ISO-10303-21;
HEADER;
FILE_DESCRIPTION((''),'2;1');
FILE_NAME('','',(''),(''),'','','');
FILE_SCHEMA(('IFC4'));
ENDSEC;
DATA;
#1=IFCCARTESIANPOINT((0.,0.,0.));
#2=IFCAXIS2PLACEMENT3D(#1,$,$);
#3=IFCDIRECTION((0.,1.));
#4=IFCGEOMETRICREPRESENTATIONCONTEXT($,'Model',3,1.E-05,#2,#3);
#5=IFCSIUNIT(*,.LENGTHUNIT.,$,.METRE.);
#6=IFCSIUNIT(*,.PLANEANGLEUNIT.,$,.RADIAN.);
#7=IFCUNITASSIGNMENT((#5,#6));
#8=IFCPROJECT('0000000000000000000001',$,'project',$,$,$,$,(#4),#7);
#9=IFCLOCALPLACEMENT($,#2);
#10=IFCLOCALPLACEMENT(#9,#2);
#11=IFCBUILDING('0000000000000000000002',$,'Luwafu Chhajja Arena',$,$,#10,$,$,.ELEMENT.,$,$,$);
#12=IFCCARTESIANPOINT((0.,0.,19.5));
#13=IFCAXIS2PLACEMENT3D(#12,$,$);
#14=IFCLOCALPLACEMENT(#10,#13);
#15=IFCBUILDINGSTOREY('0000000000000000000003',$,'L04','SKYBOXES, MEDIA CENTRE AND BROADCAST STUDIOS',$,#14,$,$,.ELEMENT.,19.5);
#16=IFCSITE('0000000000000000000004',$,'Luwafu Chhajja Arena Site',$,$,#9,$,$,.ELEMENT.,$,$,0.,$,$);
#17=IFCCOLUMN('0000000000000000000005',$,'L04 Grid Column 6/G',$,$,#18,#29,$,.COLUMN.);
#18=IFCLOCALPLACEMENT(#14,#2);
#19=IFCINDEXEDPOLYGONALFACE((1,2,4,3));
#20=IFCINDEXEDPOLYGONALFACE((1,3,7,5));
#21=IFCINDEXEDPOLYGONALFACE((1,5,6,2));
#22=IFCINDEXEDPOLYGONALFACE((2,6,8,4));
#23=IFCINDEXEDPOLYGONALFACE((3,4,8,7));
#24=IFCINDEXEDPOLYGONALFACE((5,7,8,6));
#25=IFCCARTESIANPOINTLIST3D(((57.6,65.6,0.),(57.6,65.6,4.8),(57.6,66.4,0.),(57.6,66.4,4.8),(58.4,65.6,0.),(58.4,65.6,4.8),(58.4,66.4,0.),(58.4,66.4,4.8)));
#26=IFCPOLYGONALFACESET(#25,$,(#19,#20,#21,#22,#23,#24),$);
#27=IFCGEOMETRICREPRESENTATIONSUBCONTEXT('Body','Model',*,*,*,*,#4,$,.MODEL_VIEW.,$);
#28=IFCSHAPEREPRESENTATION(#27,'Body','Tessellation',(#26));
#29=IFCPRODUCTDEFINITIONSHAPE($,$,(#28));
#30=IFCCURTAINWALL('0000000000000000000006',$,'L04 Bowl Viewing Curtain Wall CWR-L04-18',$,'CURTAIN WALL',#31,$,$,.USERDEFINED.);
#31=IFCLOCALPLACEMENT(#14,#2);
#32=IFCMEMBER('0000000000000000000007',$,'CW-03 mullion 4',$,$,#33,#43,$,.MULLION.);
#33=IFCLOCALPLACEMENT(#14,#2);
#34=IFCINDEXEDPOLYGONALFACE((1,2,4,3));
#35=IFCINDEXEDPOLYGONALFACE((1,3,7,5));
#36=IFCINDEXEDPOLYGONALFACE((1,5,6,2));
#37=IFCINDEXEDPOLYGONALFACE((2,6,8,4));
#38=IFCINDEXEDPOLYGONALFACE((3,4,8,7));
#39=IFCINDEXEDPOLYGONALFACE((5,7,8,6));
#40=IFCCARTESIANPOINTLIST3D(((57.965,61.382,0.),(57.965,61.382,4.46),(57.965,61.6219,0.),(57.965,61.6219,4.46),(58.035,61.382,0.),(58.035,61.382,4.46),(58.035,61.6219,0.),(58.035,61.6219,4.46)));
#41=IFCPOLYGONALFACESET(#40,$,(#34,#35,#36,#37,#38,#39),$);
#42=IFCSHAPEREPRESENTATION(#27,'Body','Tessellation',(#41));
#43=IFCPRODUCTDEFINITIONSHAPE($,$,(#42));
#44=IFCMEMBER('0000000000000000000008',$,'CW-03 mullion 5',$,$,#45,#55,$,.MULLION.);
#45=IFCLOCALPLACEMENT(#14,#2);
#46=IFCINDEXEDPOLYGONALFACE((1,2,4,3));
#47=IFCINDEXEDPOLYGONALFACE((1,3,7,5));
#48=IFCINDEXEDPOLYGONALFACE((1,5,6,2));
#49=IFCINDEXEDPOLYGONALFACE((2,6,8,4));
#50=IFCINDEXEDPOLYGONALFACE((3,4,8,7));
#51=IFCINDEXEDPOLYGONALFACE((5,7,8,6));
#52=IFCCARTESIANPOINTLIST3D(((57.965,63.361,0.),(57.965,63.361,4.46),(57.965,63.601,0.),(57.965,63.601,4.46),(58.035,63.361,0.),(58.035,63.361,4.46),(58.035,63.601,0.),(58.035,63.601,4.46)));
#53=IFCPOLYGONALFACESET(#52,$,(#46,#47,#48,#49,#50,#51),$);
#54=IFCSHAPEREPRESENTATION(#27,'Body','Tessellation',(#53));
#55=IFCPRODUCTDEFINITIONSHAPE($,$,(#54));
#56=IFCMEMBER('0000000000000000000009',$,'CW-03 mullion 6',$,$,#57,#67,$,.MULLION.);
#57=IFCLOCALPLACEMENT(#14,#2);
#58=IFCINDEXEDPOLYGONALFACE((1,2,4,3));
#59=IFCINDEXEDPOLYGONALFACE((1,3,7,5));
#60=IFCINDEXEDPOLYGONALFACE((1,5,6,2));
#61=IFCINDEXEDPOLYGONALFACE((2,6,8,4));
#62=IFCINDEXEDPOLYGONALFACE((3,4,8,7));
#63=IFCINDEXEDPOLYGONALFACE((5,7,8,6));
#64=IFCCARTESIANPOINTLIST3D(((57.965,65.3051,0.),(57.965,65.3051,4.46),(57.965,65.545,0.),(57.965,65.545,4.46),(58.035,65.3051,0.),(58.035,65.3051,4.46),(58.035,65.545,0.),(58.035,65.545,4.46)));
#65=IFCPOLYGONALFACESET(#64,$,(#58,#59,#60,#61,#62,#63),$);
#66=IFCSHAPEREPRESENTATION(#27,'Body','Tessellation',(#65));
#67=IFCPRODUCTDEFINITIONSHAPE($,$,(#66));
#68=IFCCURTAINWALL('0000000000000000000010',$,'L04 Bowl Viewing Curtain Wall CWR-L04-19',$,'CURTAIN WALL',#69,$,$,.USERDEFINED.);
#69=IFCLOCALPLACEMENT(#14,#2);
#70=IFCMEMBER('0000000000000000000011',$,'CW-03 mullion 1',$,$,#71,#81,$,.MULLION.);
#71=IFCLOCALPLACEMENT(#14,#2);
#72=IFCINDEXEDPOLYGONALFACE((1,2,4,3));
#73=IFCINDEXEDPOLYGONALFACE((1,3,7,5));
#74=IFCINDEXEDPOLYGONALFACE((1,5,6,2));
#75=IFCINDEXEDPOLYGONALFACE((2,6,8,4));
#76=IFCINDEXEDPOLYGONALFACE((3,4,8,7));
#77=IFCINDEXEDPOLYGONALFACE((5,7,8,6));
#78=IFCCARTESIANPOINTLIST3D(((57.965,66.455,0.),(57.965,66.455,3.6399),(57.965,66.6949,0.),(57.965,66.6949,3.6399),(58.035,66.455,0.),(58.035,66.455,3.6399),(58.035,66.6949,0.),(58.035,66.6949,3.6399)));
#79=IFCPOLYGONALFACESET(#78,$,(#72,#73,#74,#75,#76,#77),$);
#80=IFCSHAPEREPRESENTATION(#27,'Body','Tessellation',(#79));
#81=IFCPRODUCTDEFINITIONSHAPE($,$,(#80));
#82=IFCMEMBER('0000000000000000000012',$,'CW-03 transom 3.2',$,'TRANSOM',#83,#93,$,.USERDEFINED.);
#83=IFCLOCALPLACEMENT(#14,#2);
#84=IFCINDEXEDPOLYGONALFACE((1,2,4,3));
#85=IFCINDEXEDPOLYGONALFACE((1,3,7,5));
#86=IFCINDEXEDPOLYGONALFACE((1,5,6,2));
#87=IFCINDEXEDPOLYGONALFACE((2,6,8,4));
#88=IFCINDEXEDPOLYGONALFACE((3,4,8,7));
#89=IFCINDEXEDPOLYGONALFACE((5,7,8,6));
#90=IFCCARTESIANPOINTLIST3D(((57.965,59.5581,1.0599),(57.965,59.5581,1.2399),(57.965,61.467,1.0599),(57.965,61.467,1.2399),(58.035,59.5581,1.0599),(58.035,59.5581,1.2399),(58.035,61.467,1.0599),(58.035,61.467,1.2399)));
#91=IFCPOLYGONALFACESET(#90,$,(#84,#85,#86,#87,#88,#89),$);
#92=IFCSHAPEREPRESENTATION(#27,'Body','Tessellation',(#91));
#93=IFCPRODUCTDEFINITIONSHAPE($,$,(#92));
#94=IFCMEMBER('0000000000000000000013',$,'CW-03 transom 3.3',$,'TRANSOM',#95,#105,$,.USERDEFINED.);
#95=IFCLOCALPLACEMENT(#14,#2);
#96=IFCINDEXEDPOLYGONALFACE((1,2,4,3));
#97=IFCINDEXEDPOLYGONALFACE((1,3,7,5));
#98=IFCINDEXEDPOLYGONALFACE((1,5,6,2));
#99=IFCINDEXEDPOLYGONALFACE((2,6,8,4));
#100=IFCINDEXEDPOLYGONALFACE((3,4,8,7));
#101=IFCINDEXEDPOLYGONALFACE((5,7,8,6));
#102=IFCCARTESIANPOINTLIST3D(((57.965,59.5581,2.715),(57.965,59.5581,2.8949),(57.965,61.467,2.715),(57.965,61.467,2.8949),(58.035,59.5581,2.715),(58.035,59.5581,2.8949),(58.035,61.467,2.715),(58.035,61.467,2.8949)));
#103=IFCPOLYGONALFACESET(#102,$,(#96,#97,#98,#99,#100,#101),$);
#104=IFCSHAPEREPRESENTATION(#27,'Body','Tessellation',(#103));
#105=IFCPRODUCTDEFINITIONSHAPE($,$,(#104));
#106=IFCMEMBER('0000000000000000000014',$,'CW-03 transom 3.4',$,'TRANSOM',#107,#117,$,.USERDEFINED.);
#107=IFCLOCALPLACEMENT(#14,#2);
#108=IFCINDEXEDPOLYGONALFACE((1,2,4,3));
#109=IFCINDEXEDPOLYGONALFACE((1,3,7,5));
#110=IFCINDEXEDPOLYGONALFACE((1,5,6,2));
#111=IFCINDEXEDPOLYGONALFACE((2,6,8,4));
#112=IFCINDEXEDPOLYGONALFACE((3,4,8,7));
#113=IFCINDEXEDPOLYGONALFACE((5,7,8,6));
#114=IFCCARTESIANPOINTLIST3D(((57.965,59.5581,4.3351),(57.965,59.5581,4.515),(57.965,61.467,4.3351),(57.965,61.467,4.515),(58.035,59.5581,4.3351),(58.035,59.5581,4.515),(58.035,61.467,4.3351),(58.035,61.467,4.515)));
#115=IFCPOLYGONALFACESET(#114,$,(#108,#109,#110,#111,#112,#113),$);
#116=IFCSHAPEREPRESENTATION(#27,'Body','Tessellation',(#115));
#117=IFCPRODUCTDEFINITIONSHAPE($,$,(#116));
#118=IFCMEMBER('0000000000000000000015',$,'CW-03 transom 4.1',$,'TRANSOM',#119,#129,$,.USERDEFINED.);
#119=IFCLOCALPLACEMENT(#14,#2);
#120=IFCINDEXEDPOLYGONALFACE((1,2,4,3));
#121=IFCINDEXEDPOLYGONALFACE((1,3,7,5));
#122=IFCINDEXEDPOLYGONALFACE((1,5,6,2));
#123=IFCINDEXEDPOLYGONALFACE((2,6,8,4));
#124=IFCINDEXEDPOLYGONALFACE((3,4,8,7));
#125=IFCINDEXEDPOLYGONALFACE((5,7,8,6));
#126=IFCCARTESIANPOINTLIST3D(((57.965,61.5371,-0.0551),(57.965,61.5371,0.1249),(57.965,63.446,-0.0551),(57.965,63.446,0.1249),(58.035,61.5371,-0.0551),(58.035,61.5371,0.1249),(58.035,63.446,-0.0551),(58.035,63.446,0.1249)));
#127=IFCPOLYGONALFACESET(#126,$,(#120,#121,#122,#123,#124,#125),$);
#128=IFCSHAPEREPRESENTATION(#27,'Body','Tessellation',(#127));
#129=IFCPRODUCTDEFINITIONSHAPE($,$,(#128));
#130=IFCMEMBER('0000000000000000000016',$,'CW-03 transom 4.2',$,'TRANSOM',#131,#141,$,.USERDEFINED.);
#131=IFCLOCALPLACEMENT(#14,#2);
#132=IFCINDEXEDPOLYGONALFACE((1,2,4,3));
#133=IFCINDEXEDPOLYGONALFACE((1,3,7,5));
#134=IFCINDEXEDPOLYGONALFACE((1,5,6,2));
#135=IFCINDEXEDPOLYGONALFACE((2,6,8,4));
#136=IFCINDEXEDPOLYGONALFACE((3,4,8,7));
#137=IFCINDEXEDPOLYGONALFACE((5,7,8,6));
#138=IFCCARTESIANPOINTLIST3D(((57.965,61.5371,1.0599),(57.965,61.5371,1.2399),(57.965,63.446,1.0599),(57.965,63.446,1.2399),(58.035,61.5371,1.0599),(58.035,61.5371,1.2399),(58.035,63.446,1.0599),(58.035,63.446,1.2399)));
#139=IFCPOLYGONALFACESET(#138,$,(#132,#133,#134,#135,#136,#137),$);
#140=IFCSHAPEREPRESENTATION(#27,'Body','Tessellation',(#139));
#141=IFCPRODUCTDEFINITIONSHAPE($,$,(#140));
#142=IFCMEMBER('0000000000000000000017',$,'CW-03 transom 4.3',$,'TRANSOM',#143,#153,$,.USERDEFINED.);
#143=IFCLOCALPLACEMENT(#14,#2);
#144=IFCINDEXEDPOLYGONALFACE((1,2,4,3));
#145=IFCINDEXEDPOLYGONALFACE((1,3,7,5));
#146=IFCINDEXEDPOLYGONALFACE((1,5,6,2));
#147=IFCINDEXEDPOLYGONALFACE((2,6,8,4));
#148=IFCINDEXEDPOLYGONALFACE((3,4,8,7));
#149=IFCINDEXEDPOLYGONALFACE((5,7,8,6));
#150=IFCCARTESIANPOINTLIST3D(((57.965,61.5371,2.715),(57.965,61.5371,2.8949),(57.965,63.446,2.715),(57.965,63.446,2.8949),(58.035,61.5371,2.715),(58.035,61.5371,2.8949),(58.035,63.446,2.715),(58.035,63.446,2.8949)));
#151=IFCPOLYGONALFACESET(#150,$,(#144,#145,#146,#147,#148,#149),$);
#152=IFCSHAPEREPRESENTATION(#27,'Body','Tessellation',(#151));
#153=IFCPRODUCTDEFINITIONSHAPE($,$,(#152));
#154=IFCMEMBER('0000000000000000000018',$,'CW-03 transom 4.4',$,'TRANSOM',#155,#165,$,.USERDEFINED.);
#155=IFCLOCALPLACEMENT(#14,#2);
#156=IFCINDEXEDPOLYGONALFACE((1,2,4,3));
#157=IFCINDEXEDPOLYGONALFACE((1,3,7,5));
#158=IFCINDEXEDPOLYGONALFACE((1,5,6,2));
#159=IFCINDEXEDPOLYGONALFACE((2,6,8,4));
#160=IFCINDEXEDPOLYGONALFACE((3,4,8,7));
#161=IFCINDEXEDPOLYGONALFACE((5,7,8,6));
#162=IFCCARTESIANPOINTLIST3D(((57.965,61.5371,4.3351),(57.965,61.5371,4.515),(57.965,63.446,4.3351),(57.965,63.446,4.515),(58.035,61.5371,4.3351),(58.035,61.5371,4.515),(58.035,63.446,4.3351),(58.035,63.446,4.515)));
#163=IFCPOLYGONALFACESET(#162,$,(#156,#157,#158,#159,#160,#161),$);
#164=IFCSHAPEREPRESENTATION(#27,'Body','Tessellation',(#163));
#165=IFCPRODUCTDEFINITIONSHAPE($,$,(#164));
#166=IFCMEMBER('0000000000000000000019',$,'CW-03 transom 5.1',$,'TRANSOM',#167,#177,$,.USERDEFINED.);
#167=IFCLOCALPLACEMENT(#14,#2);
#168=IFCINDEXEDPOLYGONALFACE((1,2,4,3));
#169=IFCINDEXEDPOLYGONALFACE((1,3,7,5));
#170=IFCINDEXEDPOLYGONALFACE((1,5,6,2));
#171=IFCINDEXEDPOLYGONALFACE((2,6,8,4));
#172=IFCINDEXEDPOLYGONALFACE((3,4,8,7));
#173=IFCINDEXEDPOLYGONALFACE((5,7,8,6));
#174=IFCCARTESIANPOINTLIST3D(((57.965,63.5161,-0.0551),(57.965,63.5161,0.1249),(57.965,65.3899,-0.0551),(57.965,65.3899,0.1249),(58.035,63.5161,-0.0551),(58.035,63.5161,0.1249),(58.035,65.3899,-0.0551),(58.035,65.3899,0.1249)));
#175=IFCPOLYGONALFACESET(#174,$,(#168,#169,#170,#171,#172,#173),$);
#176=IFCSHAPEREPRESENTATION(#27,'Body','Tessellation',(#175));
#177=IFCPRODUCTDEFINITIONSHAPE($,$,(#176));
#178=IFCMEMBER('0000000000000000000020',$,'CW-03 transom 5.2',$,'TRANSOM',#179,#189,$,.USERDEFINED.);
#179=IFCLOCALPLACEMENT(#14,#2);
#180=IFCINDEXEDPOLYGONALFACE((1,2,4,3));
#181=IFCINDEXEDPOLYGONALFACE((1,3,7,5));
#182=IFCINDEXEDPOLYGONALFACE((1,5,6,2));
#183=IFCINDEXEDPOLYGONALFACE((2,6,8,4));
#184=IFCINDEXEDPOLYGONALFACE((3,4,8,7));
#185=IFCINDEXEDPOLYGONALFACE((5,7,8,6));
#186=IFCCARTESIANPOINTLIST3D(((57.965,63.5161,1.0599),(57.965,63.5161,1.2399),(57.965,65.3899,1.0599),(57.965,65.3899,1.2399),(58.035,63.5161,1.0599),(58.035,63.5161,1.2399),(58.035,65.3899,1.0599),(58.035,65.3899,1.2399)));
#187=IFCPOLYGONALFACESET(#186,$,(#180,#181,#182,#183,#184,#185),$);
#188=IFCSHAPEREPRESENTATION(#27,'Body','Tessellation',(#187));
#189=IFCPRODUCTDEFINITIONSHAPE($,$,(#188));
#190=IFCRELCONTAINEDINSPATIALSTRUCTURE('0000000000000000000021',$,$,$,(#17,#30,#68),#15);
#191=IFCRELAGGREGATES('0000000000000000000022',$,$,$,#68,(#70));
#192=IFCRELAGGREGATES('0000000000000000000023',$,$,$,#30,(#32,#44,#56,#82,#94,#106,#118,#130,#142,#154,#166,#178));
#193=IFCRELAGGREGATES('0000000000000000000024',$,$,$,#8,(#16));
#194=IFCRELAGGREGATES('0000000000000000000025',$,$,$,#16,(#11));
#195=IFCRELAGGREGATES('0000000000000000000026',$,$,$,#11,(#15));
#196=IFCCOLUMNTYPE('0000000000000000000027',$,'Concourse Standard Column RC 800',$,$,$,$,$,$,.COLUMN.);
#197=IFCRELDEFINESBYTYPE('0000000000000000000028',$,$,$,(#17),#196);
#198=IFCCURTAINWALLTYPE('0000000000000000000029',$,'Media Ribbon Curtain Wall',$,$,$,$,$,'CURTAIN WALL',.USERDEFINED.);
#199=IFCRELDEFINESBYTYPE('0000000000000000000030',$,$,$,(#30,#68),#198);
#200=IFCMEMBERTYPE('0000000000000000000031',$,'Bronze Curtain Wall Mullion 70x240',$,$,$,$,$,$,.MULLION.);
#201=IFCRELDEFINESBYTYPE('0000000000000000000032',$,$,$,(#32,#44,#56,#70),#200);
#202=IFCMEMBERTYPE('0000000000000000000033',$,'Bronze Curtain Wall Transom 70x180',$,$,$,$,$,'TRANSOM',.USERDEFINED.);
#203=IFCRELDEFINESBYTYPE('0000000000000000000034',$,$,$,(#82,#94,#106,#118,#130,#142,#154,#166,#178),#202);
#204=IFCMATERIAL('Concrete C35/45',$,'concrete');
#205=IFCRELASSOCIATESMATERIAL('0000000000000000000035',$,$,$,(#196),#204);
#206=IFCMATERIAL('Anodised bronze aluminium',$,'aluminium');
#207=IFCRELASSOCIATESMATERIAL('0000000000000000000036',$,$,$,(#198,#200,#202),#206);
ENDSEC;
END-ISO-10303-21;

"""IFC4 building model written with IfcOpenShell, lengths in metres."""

from ifc_helpers import new_model, si_unit, direction, frame, origin, origin_2d, place, context, subcontext, project, spatial, rectangle, extrude, material, material_profile, profile_set, type_object, element, aggregate, save


model = new_model("IFC4")

# Units and contexts
model_context = context("Model", 3, precision=1e-05, world=origin(), true_north=direction((0.0, 1.0)))
body_context = subcontext(model_context, "Body", "Model", "MODEL_VIEW")
ifc_project = project(units=[si_unit("LENGTHUNIT", "METRE"), si_unit("PLANEANGLEUNIT", "RADIAN")], contexts=[model_context])

# Site, building, storey
site_placement = place(None, origin())
site = spatial("IfcSite", under=ifc_project, at=site_placement, Name="Luwafu Chhajja Arena Site", CompositionType="ELEMENT", RefElevation=0.0)
building_placement = place(site_placement, origin())
building = spatial("IfcBuilding", under=site, at=building_placement, Name="Luwafu Chhajja Arena", CompositionType="ELEMENT")
storey_placement = place(building_placement, frame((0.0, 0.0, 19.5)))
storey = spatial("IfcBuildingStorey", under=building, at=storey_placement, Name="L04", Description="SKYBOXES, MEDIA CENTRE AND BROADCAST STUDIOS", CompositionType="ELEMENT", Elevation=19.5)

# Column
ifc_material_1 = material(Name="Concrete C35/45", Category="concrete")
ifc_material_profile_1 = material_profile(ifc_material_1, rectangle(XDim=0.8, YDim=0.8, at=origin_2d()), Name="RC 800x800")
ifc_profile_set_1 = profile_set([ifc_material_profile_1], Name="Concrete C35/45")
column_type = type_object("IfcColumnType", Name="Concourse Standard Column RC 800", PredefinedType="COLUMN", material=ifc_profile_set_1)
column_placement = place(storey_placement, frame((58.0, 66.0, 0.0), z_axis=(0.0, 0.0, 1.0), x_axis=(1.0, 0.0, 0.0)))
element("IfcColumn", 1, at=column_placement, inside=storey, type_object=column_type, Name="L04 Grid Column 6/G", PredefinedType="COLUMN", context=body_context, shape_type="SweptSolid", body=[
    extrude(rectangle(XDim=0.8, YDim=0.8, at=origin_2d()), origin(), (0.0, 0.0, 1.0), 4.8),
])

# Curtain wall, members
ifc_material_2 = material(Name="Anodised bronze aluminium", Category="aluminium")
curtain_wall_type = type_object("IfcCurtainWallType", Name="Media Ribbon Curtain Wall", ElementType="CURTAIN WALL", PredefinedType="USERDEFINED", material=ifc_material_2)
curtain_wall_1_placement = place(storey_placement, origin())
curtain_wall_1 = element("IfcCurtainWall", 2, at=curtain_wall_1_placement, inside=storey, type_object=curtain_wall_type, Name="L04 Bowl Viewing Curtain Wall CWR-L04-18", ObjectType="CURTAIN WALL", PredefinedType="USERDEFINED")
ifc_material_profile_2 = material_profile(ifc_material_2, rectangle(XDim=0.0701, YDim=0.24, at=origin_2d()), Name="CWM 70x240")
ifc_profile_set_2 = profile_set([ifc_material_profile_2], Name="Anodised bronze aluminium")
member_type_1 = type_object("IfcMemberType", Name="Bronze Curtain Wall Mullion 70x240", PredefinedType="MULLION", material=ifc_profile_set_2)
member_1_placement = place(storey_placement, frame((58.0, 61.502, 0.0), z_axis=(0.0, 0.0, 1.0), x_axis=(-1.0, 0.0, 0.0)))
member_1 = element("IfcMember", 3, at=member_1_placement, type_object=member_type_1, Name="CW-03 mullion 4", PredefinedType="MULLION", context=body_context, shape_type="SweptSolid", body=[
    extrude(rectangle(XDim=0.0701, YDim=0.24, at=origin_2d()), origin(), (0.0, 0.0, 1.0), 4.46),
])
member_2_placement = place(storey_placement, frame((58.0, 63.481, 0.0), z_axis=(0.0, 0.0, 1.0), x_axis=(-1.0, 0.0, 0.0)))
member_2 = element("IfcMember", 4, at=member_2_placement, type_object=member_type_1, Name="CW-03 mullion 5", PredefinedType="MULLION", context=body_context, shape_type="SweptSolid", body=[
    extrude(rectangle(XDim=0.0701, YDim=0.24, at=origin_2d()), origin(), (0.0, 0.0, 1.0), 4.46),
])
member_3_placement = place(storey_placement, frame((58.0, 65.425, 0.0), z_axis=(0.0, 0.0, 1.0), x_axis=(-1.0, 0.0, 0.0)))
member_3 = element("IfcMember", 5, at=member_3_placement, type_object=member_type_1, Name="CW-03 mullion 6", PredefinedType="MULLION", context=body_context, shape_type="SweptSolid", body=[
    extrude(rectangle(XDim=0.0701, YDim=0.24, at=origin_2d()), origin(), (0.0, 0.0, 1.0), 4.46),
])

# Curtain wall, member
curtain_wall_2_placement = place(storey_placement, origin())
curtain_wall_2 = element("IfcCurtainWall", 6, at=curtain_wall_2_placement, inside=storey, type_object=curtain_wall_type, Name="L04 Bowl Viewing Curtain Wall CWR-L04-19", ObjectType="CURTAIN WALL", PredefinedType="USERDEFINED")
member_4_placement = place(storey_placement, frame((58.0, 66.575, 0.0), z_axis=(0.0, 0.0, 1.0), x_axis=(-1.0, 0.0, 0.0)))
member_4 = element("IfcMember", 7, at=member_4_placement, type_object=member_type_1, Name="CW-03 mullion 1", PredefinedType="MULLION", context=body_context, shape_type="SweptSolid", body=[
    extrude(rectangle(XDim=0.0701, YDim=0.24, at=origin_2d()), origin(), (0.0, 0.0, 1.0), 3.6399),
])
aggregate(curtain_wall_2, [member_4])

# Members
ifc_material_profile_3 = material_profile(ifc_material_2, rectangle(XDim=0.0701, YDim=0.1799, at=origin_2d()), Name="CWT 70x180")
ifc_profile_set_3 = profile_set([ifc_material_profile_3], Name="Anodised bronze aluminium")
member_type_2 = type_object("IfcMemberType", Name="Bronze Curtain Wall Transom 70x180", ElementType="TRANSOM", PredefinedType="USERDEFINED", material=ifc_profile_set_3)
member_5_placement = place(storey_placement, frame((58.0, 59.5581, 1.1499), z_axis=(0.0, 1.0, 0.0), x_axis=(-1.0, 0.0, 0.0)))
member_5 = element("IfcMember", 8, at=member_5_placement, type_object=member_type_2, Name="CW-03 transom 3.2", ObjectType="TRANSOM", PredefinedType="USERDEFINED", context=body_context, shape_type="SweptSolid", body=[
    extrude(rectangle(XDim=0.0701, YDim=0.1799, at=origin_2d()), origin(), (0.0, 0.0, 1.0), 1.9089),
])
member_6_placement = place(storey_placement, frame((58.0, 59.5581, 2.8049), z_axis=(0.0, 1.0, 0.0), x_axis=(-1.0, 0.0, 0.0)))
member_6 = element("IfcMember", 9, at=member_6_placement, type_object=member_type_2, Name="CW-03 transom 3.3", ObjectType="TRANSOM", PredefinedType="USERDEFINED", context=body_context, shape_type="SweptSolid", body=[
    extrude(rectangle(XDim=0.0701, YDim=0.1799, at=origin_2d()), origin(), (0.0, 0.0, 1.0), 1.9089),
])
member_7_placement = place(storey_placement, frame((58.0, 59.5581, 4.425), z_axis=(0.0, 1.0, 0.0), x_axis=(-1.0, 0.0, 0.0)))
member_7 = element("IfcMember", 10, at=member_7_placement, type_object=member_type_2, Name="CW-03 transom 3.4", ObjectType="TRANSOM", PredefinedType="USERDEFINED", context=body_context, shape_type="SweptSolid", body=[
    extrude(rectangle(XDim=0.0701, YDim=0.1799, at=origin_2d()), origin(), (0.0, 0.0, 1.0), 1.9089),
])
member_8_placement = place(storey_placement, frame((58.0, 61.5371, 0.0349), z_axis=(0.0, 1.0, 0.0), x_axis=(-1.0, 0.0, 0.0)))
member_8 = element("IfcMember", 11, at=member_8_placement, type_object=member_type_2, Name="CW-03 transom 4.1", ObjectType="TRANSOM", PredefinedType="USERDEFINED", context=body_context, shape_type="SweptSolid", body=[
    extrude(rectangle(XDim=0.0701, YDim=0.1799, at=origin_2d()), origin(), (0.0, 0.0, 1.0), 1.9089),
])
member_9_placement = place(storey_placement, frame((58.0, 61.5371, 1.1499), z_axis=(0.0, 1.0, 0.0), x_axis=(-1.0, 0.0, 0.0)))
member_9 = element("IfcMember", 12, at=member_9_placement, type_object=member_type_2, Name="CW-03 transom 4.2", ObjectType="TRANSOM", PredefinedType="USERDEFINED", context=body_context, shape_type="SweptSolid", body=[
    extrude(rectangle(XDim=0.0701, YDim=0.1799, at=origin_2d()), origin(), (0.0, 0.0, 1.0), 1.9089),
])
member_10_placement = place(storey_placement, frame((58.0, 61.5371, 2.8049), z_axis=(0.0, 1.0, 0.0), x_axis=(-1.0, 0.0, 0.0)))
member_10 = element("IfcMember", 13, at=member_10_placement, type_object=member_type_2, Name="CW-03 transom 4.3", ObjectType="TRANSOM", PredefinedType="USERDEFINED", context=body_context, shape_type="SweptSolid", body=[
    extrude(rectangle(XDim=0.0701, YDim=0.1799, at=origin_2d()), origin(), (0.0, 0.0, 1.0), 1.9089),
])
member_11_placement = place(storey_placement, frame((58.0, 61.5371, 4.425), z_axis=(0.0, 1.0, 0.0), x_axis=(-1.0, 0.0, 0.0)))
member_11 = element("IfcMember", 14, at=member_11_placement, type_object=member_type_2, Name="CW-03 transom 4.4", ObjectType="TRANSOM", PredefinedType="USERDEFINED", context=body_context, shape_type="SweptSolid", body=[
    extrude(rectangle(XDim=0.0701, YDim=0.1799, at=origin_2d()), origin(), (0.0, 0.0, 1.0), 1.9089),
])
member_12_placement = place(storey_placement, frame((58.0, 63.5161, 0.0349), z_axis=(0.0, 1.0, 0.0), x_axis=(-1.0, 0.0, 0.0)))
member_12 = element("IfcMember", 15, at=member_12_placement, type_object=member_type_2, Name="CW-03 transom 5.1", ObjectType="TRANSOM", PredefinedType="USERDEFINED", context=body_context, shape_type="SweptSolid", body=[
    extrude(rectangle(XDim=0.0701, YDim=0.1799, at=origin_2d()), origin(), (0.0, 0.0, 1.0), 1.8738),
])
member_13_placement = place(storey_placement, frame((58.0, 63.5161, 1.1499), z_axis=(0.0, 1.0, 0.0), x_axis=(-1.0, 0.0, 0.0)))
member_13 = element("IfcMember", 16, at=member_13_placement, type_object=member_type_2, Name="CW-03 transom 5.2", ObjectType="TRANSOM", PredefinedType="USERDEFINED", context=body_context, shape_type="SweptSolid", body=[
    extrude(rectangle(XDim=0.0701, YDim=0.1799, at=origin_2d()), origin(), (0.0, 0.0, 1.0), 1.8738),
])

aggregate(curtain_wall_1, [member_1, member_2, member_3, member_5, member_6, member_7, member_8, member_9, member_10, member_11, member_12, member_13])

save(model, "model.ifc")
